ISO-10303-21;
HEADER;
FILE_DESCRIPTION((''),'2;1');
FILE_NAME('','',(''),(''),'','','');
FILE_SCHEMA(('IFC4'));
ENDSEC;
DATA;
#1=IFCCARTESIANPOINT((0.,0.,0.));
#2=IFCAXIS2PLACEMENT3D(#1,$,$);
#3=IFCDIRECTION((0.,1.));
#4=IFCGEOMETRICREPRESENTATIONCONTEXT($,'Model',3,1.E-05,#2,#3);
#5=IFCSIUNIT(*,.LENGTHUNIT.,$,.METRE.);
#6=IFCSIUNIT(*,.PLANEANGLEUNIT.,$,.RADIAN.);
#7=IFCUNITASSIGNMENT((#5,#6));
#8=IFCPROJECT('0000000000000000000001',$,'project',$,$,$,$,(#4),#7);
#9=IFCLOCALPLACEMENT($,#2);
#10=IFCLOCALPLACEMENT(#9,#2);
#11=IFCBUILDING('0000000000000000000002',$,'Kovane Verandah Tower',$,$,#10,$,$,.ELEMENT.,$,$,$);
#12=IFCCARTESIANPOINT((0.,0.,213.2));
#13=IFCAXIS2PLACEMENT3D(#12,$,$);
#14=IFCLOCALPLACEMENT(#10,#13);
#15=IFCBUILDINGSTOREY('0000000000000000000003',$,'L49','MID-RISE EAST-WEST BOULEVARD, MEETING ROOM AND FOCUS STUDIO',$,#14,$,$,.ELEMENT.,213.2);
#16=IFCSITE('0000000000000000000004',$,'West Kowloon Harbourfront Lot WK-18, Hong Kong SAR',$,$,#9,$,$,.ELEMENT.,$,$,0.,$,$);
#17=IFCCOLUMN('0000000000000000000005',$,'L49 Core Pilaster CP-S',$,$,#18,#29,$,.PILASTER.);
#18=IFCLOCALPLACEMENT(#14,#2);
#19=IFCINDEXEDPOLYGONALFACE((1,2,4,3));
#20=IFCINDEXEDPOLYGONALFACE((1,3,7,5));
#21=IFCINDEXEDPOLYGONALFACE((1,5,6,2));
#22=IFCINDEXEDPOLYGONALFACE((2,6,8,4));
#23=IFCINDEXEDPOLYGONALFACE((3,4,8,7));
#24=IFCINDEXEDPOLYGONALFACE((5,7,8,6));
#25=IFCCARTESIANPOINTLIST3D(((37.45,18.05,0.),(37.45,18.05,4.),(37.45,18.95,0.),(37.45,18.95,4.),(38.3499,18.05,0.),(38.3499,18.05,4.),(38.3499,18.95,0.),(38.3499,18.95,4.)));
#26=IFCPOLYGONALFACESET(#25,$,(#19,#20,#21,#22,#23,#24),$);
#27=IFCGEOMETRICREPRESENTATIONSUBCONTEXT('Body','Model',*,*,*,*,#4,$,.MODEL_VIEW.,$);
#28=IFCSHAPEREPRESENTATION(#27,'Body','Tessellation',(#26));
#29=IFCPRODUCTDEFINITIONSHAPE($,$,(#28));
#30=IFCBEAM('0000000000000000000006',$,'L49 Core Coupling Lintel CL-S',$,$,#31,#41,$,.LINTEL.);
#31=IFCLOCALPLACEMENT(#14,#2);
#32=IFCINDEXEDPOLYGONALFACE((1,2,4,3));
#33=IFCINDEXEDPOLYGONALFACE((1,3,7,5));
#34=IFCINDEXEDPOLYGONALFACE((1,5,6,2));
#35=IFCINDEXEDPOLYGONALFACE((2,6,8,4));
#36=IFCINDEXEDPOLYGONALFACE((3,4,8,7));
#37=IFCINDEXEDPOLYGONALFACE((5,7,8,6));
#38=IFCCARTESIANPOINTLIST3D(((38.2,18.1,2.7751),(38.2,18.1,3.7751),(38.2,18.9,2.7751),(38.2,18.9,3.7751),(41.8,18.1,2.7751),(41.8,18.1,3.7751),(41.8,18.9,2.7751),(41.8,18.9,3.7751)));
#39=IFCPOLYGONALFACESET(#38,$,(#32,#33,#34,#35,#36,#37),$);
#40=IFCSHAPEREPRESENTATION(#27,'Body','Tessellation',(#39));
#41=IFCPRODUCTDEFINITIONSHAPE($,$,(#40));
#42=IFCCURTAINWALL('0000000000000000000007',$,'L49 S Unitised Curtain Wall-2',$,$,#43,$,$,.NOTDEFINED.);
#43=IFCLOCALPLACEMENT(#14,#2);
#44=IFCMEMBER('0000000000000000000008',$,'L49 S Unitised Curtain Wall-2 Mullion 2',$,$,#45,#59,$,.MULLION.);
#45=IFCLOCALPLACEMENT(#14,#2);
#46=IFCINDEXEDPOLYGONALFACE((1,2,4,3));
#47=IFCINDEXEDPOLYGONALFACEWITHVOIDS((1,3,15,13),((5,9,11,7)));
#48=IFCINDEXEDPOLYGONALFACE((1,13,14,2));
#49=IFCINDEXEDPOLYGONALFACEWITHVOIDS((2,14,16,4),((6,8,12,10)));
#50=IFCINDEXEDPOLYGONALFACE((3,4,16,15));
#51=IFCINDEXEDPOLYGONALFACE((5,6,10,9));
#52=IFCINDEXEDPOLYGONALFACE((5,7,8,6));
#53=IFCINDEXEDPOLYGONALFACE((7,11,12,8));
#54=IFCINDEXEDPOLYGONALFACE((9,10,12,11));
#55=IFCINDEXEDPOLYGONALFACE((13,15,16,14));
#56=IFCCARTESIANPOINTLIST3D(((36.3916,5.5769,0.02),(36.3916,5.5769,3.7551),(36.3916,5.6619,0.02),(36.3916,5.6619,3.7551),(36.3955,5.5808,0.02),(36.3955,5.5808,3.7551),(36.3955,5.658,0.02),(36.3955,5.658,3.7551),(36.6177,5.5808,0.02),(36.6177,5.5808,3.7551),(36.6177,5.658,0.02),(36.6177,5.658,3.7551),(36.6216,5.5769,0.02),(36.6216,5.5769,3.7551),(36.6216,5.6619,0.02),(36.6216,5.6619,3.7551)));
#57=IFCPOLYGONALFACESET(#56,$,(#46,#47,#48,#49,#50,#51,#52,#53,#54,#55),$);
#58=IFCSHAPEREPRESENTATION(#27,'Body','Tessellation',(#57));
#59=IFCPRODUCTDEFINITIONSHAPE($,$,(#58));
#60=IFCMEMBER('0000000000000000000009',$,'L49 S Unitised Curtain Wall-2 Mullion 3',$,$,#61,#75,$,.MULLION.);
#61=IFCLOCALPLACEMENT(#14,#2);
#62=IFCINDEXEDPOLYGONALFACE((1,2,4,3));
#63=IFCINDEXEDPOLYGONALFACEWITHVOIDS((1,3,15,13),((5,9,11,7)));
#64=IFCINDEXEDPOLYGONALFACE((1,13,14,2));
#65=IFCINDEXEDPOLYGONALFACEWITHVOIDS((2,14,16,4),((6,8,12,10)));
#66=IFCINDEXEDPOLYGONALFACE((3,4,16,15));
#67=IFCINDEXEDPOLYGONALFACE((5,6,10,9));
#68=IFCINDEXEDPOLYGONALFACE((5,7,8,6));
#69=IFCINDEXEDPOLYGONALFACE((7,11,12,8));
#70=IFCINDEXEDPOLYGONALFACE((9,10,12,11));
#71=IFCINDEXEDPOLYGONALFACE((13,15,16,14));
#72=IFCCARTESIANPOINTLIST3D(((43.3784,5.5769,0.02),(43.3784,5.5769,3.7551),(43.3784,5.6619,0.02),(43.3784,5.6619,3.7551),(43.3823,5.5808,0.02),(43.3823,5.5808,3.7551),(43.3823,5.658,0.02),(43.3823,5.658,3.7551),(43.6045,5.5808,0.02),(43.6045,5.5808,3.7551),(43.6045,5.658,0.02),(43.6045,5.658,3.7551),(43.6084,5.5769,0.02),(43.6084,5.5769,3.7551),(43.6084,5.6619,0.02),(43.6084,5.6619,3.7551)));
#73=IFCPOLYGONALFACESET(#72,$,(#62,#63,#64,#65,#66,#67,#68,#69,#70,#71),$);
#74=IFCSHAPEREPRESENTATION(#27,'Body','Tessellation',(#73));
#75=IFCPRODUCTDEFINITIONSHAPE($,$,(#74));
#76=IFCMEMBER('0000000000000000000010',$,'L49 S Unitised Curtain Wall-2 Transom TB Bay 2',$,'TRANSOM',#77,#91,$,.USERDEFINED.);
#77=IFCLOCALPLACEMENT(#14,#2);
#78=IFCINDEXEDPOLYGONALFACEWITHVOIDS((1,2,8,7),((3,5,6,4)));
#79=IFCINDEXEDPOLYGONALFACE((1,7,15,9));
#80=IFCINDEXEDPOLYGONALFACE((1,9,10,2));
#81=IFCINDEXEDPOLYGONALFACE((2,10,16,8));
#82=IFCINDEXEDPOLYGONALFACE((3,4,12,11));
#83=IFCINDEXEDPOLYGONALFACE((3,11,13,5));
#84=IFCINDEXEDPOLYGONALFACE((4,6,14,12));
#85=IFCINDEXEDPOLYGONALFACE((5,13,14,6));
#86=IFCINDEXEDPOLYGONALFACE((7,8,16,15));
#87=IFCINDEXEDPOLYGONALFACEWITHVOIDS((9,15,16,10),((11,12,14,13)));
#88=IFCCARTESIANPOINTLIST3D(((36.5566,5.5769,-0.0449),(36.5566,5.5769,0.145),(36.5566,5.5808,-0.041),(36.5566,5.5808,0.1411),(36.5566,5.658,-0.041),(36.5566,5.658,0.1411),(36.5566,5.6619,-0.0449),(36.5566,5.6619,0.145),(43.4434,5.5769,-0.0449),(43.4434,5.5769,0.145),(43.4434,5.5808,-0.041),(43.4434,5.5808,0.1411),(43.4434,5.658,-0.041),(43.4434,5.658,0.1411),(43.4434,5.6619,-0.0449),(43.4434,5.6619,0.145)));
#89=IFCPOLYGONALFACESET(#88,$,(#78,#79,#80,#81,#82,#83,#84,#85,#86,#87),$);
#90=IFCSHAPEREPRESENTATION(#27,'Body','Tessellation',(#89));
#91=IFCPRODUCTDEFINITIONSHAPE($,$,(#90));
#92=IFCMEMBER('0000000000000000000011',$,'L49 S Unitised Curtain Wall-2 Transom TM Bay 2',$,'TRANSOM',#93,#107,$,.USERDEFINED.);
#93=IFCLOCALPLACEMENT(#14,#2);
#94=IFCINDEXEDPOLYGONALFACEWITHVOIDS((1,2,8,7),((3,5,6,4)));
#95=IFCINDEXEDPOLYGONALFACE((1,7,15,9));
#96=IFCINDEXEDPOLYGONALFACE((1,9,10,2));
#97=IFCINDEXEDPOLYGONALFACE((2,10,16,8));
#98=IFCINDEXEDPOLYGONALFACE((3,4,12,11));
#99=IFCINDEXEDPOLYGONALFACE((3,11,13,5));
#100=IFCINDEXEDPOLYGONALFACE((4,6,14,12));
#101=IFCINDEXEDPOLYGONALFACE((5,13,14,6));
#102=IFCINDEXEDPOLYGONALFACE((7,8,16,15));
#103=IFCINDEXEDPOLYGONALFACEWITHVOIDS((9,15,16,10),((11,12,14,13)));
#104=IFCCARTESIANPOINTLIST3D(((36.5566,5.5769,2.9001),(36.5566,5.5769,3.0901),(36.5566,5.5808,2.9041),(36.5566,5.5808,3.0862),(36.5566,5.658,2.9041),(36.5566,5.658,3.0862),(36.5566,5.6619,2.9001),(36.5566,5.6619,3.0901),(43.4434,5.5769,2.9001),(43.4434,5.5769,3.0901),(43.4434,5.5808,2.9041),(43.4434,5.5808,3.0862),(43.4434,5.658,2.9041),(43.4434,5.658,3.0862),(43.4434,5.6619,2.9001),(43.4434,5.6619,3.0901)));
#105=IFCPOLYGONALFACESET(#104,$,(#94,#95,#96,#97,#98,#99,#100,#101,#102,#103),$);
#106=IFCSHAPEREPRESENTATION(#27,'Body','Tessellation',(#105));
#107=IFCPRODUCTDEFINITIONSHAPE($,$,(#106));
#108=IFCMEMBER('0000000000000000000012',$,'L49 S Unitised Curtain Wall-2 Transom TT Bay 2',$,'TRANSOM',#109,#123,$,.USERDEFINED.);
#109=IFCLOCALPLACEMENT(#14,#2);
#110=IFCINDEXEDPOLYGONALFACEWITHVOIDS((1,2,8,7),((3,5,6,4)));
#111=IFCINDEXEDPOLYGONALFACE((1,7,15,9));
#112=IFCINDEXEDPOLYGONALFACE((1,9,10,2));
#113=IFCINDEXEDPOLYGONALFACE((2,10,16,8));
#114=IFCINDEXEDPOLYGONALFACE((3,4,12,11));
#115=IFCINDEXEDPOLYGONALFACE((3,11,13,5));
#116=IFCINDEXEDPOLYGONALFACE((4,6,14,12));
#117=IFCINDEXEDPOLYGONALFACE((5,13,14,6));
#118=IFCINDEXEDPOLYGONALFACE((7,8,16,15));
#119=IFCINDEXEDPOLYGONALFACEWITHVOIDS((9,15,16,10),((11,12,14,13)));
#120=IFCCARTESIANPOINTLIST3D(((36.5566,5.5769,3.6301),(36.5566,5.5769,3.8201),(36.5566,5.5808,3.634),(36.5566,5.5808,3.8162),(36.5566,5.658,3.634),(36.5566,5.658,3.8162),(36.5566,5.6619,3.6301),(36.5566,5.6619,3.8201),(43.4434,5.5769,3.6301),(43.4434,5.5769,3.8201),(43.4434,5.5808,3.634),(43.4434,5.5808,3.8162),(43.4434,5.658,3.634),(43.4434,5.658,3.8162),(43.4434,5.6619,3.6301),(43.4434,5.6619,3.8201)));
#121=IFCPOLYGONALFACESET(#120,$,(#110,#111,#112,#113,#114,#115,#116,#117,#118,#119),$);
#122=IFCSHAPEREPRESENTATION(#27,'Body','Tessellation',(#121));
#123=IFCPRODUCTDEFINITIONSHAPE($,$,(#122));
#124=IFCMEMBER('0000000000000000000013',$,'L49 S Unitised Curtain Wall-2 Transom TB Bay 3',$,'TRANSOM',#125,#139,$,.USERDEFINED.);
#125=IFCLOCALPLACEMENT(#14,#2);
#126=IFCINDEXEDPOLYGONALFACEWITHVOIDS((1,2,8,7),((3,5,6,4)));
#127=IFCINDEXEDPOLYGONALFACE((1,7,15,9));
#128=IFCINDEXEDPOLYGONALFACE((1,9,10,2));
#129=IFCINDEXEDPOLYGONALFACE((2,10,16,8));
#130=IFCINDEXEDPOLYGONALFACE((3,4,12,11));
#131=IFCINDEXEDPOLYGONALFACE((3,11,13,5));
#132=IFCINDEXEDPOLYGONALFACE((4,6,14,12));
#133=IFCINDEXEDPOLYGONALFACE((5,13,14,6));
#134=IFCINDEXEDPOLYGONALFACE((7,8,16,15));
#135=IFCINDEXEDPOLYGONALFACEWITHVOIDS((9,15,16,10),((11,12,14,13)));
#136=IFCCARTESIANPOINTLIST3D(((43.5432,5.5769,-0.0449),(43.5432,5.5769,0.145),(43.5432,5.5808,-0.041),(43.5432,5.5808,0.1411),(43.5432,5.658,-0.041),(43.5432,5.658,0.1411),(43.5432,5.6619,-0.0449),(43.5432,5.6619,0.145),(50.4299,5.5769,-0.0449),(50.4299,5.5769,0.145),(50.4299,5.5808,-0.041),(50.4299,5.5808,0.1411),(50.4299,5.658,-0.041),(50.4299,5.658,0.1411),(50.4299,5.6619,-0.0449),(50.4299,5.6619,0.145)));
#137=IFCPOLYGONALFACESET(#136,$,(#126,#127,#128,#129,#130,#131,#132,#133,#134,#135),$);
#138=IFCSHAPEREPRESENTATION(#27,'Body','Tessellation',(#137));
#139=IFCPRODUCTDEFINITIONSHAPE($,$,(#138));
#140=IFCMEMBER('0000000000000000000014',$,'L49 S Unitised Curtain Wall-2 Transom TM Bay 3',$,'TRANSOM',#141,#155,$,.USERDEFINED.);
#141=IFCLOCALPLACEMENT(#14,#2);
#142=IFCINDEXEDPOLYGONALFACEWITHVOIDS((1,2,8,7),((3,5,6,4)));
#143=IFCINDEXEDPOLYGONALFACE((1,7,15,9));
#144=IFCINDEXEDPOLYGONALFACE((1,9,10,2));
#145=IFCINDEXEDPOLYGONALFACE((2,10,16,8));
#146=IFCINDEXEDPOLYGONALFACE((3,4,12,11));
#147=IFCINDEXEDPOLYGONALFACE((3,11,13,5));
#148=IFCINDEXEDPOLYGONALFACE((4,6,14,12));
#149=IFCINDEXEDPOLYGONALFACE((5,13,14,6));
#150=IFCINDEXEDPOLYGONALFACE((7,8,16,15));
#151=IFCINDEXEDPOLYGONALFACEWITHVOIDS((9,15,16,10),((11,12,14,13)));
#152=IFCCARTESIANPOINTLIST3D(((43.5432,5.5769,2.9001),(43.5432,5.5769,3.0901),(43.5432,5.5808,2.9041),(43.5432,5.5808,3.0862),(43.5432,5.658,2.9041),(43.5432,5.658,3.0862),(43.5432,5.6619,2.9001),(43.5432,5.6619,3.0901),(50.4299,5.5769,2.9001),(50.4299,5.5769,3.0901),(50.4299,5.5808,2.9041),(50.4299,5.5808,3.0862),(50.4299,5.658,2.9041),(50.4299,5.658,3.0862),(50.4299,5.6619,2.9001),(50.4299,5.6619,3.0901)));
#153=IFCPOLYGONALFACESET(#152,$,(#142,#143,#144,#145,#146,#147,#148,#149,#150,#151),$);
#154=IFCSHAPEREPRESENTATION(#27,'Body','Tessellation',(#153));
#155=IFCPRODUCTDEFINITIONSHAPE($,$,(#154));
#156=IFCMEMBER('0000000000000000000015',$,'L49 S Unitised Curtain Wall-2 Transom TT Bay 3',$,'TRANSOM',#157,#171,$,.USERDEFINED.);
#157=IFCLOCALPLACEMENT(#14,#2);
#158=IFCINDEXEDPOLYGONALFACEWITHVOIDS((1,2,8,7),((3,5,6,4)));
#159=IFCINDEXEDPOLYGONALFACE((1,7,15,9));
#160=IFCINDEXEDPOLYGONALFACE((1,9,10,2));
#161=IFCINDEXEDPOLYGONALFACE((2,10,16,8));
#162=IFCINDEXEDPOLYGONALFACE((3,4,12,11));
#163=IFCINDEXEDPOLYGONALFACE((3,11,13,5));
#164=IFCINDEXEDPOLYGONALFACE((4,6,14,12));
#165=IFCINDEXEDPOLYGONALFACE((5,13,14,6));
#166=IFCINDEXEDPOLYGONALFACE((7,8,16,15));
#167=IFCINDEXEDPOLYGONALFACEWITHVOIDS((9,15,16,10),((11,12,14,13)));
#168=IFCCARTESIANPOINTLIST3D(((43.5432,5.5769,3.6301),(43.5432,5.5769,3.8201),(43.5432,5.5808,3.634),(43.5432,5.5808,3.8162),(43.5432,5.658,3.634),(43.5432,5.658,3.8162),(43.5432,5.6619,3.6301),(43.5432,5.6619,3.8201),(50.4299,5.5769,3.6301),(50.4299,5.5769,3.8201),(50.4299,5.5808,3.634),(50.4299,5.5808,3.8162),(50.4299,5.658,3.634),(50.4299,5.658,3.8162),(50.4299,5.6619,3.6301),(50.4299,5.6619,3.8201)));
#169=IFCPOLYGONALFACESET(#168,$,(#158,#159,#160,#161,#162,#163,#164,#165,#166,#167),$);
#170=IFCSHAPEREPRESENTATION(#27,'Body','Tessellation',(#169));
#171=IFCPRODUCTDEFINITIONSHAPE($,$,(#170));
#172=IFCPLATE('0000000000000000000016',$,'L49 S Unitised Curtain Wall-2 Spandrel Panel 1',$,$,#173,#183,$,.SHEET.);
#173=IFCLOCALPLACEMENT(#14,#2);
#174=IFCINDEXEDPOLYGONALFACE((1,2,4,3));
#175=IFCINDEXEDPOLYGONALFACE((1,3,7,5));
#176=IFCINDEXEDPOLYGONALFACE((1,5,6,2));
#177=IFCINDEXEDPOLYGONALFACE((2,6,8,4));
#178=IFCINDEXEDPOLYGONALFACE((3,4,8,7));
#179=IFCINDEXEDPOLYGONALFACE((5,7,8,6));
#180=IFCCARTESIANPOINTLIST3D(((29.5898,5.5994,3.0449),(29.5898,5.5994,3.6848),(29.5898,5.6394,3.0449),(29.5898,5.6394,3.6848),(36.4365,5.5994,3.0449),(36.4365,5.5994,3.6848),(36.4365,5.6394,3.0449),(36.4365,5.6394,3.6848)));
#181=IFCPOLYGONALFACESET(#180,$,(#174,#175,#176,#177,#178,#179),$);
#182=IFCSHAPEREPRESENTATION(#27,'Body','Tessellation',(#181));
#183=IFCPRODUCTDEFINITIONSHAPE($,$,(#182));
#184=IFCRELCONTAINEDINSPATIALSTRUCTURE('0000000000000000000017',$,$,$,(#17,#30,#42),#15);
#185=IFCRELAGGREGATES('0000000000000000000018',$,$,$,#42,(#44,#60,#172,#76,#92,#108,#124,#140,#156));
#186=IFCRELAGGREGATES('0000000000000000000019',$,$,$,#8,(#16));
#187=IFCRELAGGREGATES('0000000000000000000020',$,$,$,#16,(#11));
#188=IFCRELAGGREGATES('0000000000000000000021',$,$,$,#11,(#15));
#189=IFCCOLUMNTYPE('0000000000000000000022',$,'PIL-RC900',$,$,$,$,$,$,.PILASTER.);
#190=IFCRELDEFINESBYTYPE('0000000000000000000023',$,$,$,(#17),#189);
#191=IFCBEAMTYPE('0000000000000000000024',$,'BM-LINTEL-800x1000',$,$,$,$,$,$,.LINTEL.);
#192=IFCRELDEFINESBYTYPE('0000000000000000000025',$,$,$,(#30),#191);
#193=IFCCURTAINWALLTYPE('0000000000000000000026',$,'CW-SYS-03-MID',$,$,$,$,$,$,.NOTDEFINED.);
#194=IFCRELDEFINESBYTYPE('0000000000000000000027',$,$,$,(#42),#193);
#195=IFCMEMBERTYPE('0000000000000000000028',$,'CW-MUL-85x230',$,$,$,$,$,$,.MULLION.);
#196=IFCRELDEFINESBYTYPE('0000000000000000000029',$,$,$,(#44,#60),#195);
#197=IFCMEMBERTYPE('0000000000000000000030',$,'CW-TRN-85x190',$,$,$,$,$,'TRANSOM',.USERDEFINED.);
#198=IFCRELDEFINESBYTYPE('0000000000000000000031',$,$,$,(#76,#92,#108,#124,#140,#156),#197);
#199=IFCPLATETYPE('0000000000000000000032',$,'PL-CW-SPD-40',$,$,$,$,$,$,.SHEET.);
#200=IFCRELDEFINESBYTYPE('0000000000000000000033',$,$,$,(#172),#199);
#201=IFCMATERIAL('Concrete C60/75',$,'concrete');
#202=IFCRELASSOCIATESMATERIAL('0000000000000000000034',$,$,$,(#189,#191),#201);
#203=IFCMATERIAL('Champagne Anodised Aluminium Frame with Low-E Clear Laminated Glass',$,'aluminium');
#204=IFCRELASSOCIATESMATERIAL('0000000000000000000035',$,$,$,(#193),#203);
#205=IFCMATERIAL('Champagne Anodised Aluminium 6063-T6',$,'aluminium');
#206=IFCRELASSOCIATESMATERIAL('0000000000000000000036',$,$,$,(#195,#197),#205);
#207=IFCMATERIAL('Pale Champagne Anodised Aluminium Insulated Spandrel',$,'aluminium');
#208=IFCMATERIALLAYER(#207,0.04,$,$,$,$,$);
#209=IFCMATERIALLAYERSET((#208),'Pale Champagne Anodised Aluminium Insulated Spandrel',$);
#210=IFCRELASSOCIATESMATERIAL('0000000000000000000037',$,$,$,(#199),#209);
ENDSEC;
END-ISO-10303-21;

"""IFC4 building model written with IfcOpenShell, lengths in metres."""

from ifc_helpers import new_model, si_unit, direction, frame, origin, origin_2d, place, context, subcontext, project, spatial, rectangle, hollow_rectangle, extrude, material, layer, layer_set, material_profile, profile_set, type_object, element, aggregate, save


model = new_model("IFC4")

# Units and contexts
model_context = context("Model", 3, precision=1e-05, world=origin(), true_north=direction((0.0, 1.0)))
body_context = subcontext(model_context, "Body", "Model", "MODEL_VIEW")
ifc_project = project(units=[si_unit("LENGTHUNIT", "METRE"), si_unit("PLANEANGLEUNIT", "RADIAN")], contexts=[model_context])

# Site, building, storey
site_placement = place(None, origin())
site = spatial("IfcSite", under=ifc_project, at=site_placement, Name="West Kowloon Harbourfront Lot WK-18, Hong Kong SAR", CompositionType="ELEMENT", RefElevation=0.0)
building_placement = place(site_placement, origin())
building = spatial("IfcBuilding", under=site, at=building_placement, Name="Kovane Verandah Tower", CompositionType="ELEMENT")
storey_placement = place(building_placement, frame((0.0, 0.0, 213.2)))
storey = spatial("IfcBuildingStorey", under=building, at=storey_placement, Name="L49", Description="MID-RISE EAST-WEST BOULEVARD, MEETING ROOM AND FOCUS STUDIO", CompositionType="ELEMENT", Elevation=213.2)

# Column
ifc_material_1 = material(Name="Concrete C60/75", Category="concrete")
ifc_material_profile_1 = material_profile(ifc_material_1, rectangle(XDim=0.8999, YDim=0.8999, at=origin_2d()), Name="RC900x900")
ifc_profile_set_1 = profile_set([ifc_material_profile_1], Name="Concrete C60/75")
column_type = type_object("IfcColumnType", Name="PIL-RC900", PredefinedType="PILASTER", material=ifc_profile_set_1)
column_placement = place(storey_placement, frame((37.8999, 18.5, 0.0), z_axis=(0.0, 0.0, 1.0), x_axis=(1.0, 0.0, 0.0)))
element("IfcColumn", 1, at=column_placement, inside=storey, type_object=column_type, Name="L49 Core Pilaster CP-S", PredefinedType="PILASTER", context=body_context, shape_type="SweptSolid", body=[
    extrude(rectangle(XDim=0.8999, YDim=0.8999, at=origin_2d()), origin(), (0.0, 0.0, 1.0), 4.0),
])

# Beam
ifc_material_profile_2 = material_profile(ifc_material_1, rectangle(XDim=0.8, YDim=1.0, at=origin_2d()), Name="RCB800x1000")
ifc_profile_set_2 = profile_set([ifc_material_profile_2], Name="Concrete C60/75")
beam_type = type_object("IfcBeamType", Name="BM-LINTEL-800x1000", PredefinedType="LINTEL", material=ifc_profile_set_2)
beam_placement = place(storey_placement, frame((38.2, 18.5, 3.2751), z_axis=(1.0, 0.0, 0.0), x_axis=(0.0, 1.0, 0.0)))
element("IfcBeam", 2, at=beam_placement, inside=storey, type_object=beam_type, Name="L49 Core Coupling Lintel CL-S", PredefinedType="LINTEL", context=body_context, shape_type="SweptSolid", body=[
    extrude(rectangle(XDim=0.8, YDim=1.0, at=origin_2d()), origin(), (0.0, 0.0, 1.0), 3.6001),
])

# Curtain wall, members, plate
ifc_material_2 = material(Name="Champagne Anodised Aluminium Frame with Low-E Clear Laminated Glass", Category="aluminium")
curtain_wall_type = type_object("IfcCurtainWallType", Name="CW-SYS-03-MID", PredefinedType="NOTDEFINED", material=ifc_material_2)
curtain_wall_placement = place(storey_placement, origin())
curtain_wall = element("IfcCurtainWall", 3, at=curtain_wall_placement, inside=storey, type_object=curtain_wall_type, Name="L49 S Unitised Curtain Wall-2", PredefinedType="NOTDEFINED")
ifc_material_3 = material(Name="Champagne Anodised Aluminium 6063-T6", Category="aluminium")
ifc_material_profile_3 = material_profile(ifc_material_3, hollow_rectangle(XDim=0.085, YDim=0.23, WallThickness=0.0039, at=origin_2d()), Name="AL85x230x4")
ifc_profile_set_3 = profile_set([ifc_material_profile_3], Name="Champagne Anodised Aluminium 6063-T6")
member_type_1 = type_object("IfcMemberType", Name="CW-MUL-85x230", PredefinedType="MULLION", material=ifc_profile_set_3)
member_1_placement = place(storey_placement, frame((36.5066, 5.6194, 0.02), z_axis=(0.0, 0.0, 1.0), x_axis=(0.0, -1.0, 0.0)))
member_1 = element("IfcMember", 4, at=member_1_placement, type_object=member_type_1, Name="L49 S Unitised Curtain Wall-2 Mullion 2", PredefinedType="MULLION", context=body_context, shape_type="SweptSolid", body=[
    extrude(hollow_rectangle(XDim=0.085, YDim=0.23, WallThickness=0.0039, at=origin_2d()), origin(), (0.0, 0.0, 1.0), 3.7351),
])
member_2_placement = place(storey_placement, frame((43.4934, 5.6194, 0.02), z_axis=(0.0, 0.0, 1.0), x_axis=(0.0, -1.0, 0.0)))
member_2 = element("IfcMember", 5, at=member_2_placement, type_object=member_type_1, Name="L49 S Unitised Curtain Wall-2 Mullion 3", PredefinedType="MULLION", context=body_context, shape_type="SweptSolid", body=[
    extrude(hollow_rectangle(XDim=0.085, YDim=0.23, WallThickness=0.0039, at=origin_2d()), origin(), (0.0, 0.0, 1.0), 3.7351),
])
ifc_material_profile_4 = material_profile(ifc_material_3, hollow_rectangle(XDim=0.085, YDim=0.1899, WallThickness=0.0039, at=origin_2d()), Name="AL85x190x4")
ifc_profile_set_4 = profile_set([ifc_material_profile_4], Name="Champagne Anodised Aluminium 6063-T6")
member_type_2 = type_object("IfcMemberType", Name="CW-TRN-85x190", ElementType="TRANSOM", PredefinedType="USERDEFINED", material=ifc_profile_set_4)
member_3_placement = place(storey_placement, frame((36.5566, 5.6194, 0.05), z_axis=(1.0, 0.0, 0.0), x_axis=(0.0, 1.0, 0.0)))
member_3 = element("IfcMember", 6, at=member_3_placement, type_object=member_type_2, Name="L49 S Unitised Curtain Wall-2 Transom TB Bay 2", ObjectType="TRANSOM", PredefinedType="USERDEFINED", context=body_context, shape_type="SweptSolid", body=[
    extrude(hollow_rectangle(XDim=0.085, YDim=0.1899, WallThickness=0.0039, at=origin_2d()), origin(), (0.0, 0.0, 1.0), 6.8867),
])
member_4_placement = place(storey_placement, frame((36.5566, 5.6194, 2.9951), z_axis=(1.0, 0.0, 0.0), x_axis=(0.0, 1.0, 0.0)))
member_4 = element("IfcMember", 7, at=member_4_placement, type_object=member_type_2, Name="L49 S Unitised Curtain Wall-2 Transom TM Bay 2", ObjectType="TRANSOM", PredefinedType="USERDEFINED", context=body_context, shape_type="SweptSolid", body=[
    extrude(hollow_rectangle(XDim=0.085, YDim=0.1899, WallThickness=0.0039, at=origin_2d()), origin(), (0.0, 0.0, 1.0), 6.8867),
])
member_5_placement = place(storey_placement, frame((36.5566, 5.6194, 3.7251), z_axis=(1.0, 0.0, 0.0), x_axis=(0.0, 1.0, 0.0)))
member_5 = element("IfcMember", 8, at=member_5_placement, type_object=member_type_2, Name="L49 S Unitised Curtain Wall-2 Transom TT Bay 2", ObjectType="TRANSOM", PredefinedType="USERDEFINED", context=body_context, shape_type="SweptSolid", body=[
    extrude(hollow_rectangle(XDim=0.085, YDim=0.1899, WallThickness=0.0039, at=origin_2d()), origin(), (0.0, 0.0, 1.0), 6.8867),
])
member_6_placement = place(storey_placement, frame((43.5432, 5.6194, 0.05), z_axis=(1.0, 0.0, 0.0), x_axis=(0.0, 1.0, 0.0)))
member_6 = element("IfcMember", 9, at=member_6_placement, type_object=member_type_2, Name="L49 S Unitised Curtain Wall-2 Transom TB Bay 3", ObjectType="TRANSOM", PredefinedType="USERDEFINED", context=body_context, shape_type="SweptSolid", body=[
    extrude(hollow_rectangle(XDim=0.085, YDim=0.1899, WallThickness=0.0039, at=origin_2d()), origin(), (0.0, 0.0, 1.0), 6.8867),
])
member_7_placement = place(storey_placement, frame((43.5432, 5.6194, 2.9951), z_axis=(1.0, 0.0, 0.0), x_axis=(0.0, 1.0, 0.0)))
member_7 = element("IfcMember", 10, at=member_7_placement, type_object=member_type_2, Name="L49 S Unitised Curtain Wall-2 Transom TM Bay 3", ObjectType="TRANSOM", PredefinedType="USERDEFINED", context=body_context, shape_type="SweptSolid", body=[
    extrude(hollow_rectangle(XDim=0.085, YDim=0.1899, WallThickness=0.0039, at=origin_2d()), origin(), (0.0, 0.0, 1.0), 6.8867),
])
member_8_placement = place(storey_placement, frame((43.5432, 5.6194, 3.7251), z_axis=(1.0, 0.0, 0.0), x_axis=(0.0, 1.0, 0.0)))
member_8 = element("IfcMember", 11, at=member_8_placement, type_object=member_type_2, Name="L49 S Unitised Curtain Wall-2 Transom TT Bay 3", ObjectType="TRANSOM", PredefinedType="USERDEFINED", context=body_context, shape_type="SweptSolid", body=[
    extrude(hollow_rectangle(XDim=0.085, YDim=0.1899, WallThickness=0.0039, at=origin_2d()), origin(), (0.0, 0.0, 1.0), 6.8867),
])
ifc_material_4 = material(Name="Pale Champagne Anodised Aluminium Insulated Spandrel", Category="aluminium")
ifc_layer_1 = layer(ifc_material_4, 0.04)
ifc_layer_set_1 = layer_set([ifc_layer_1], Name="Pale Champagne Anodised Aluminium Insulated Spandrel")
plate_type_1 = type_object("IfcPlateType", Name="PL-CW-SPD-40", PredefinedType="SHEET", material=ifc_layer_set_1)
plate_1_placement = place(storey_placement, frame((33.0132, 5.6194, 3.0449), z_axis=(0.0, 0.0, 1.0), x_axis=(1.0, 0.0, 0.0)))
plate_1 = element("IfcPlate", 12, at=plate_1_placement, type_object=plate_type_1, Name="L49 S Unitised Curtain Wall-2 Spandrel Panel 1", PredefinedType="SHEET", context=body_context, shape_type="SweptSolid", body=[
    extrude(rectangle(XDim=6.8467, YDim=0.04, at=origin_2d()), origin(), (0.0, 0.0, 1.0), 0.6399),
])
aggregate(curtain_wall, [member_1, member_2, plate_1, member_3, member_4, member_5, member_6, member_7, member_8])

save(model, "model.ifc")
